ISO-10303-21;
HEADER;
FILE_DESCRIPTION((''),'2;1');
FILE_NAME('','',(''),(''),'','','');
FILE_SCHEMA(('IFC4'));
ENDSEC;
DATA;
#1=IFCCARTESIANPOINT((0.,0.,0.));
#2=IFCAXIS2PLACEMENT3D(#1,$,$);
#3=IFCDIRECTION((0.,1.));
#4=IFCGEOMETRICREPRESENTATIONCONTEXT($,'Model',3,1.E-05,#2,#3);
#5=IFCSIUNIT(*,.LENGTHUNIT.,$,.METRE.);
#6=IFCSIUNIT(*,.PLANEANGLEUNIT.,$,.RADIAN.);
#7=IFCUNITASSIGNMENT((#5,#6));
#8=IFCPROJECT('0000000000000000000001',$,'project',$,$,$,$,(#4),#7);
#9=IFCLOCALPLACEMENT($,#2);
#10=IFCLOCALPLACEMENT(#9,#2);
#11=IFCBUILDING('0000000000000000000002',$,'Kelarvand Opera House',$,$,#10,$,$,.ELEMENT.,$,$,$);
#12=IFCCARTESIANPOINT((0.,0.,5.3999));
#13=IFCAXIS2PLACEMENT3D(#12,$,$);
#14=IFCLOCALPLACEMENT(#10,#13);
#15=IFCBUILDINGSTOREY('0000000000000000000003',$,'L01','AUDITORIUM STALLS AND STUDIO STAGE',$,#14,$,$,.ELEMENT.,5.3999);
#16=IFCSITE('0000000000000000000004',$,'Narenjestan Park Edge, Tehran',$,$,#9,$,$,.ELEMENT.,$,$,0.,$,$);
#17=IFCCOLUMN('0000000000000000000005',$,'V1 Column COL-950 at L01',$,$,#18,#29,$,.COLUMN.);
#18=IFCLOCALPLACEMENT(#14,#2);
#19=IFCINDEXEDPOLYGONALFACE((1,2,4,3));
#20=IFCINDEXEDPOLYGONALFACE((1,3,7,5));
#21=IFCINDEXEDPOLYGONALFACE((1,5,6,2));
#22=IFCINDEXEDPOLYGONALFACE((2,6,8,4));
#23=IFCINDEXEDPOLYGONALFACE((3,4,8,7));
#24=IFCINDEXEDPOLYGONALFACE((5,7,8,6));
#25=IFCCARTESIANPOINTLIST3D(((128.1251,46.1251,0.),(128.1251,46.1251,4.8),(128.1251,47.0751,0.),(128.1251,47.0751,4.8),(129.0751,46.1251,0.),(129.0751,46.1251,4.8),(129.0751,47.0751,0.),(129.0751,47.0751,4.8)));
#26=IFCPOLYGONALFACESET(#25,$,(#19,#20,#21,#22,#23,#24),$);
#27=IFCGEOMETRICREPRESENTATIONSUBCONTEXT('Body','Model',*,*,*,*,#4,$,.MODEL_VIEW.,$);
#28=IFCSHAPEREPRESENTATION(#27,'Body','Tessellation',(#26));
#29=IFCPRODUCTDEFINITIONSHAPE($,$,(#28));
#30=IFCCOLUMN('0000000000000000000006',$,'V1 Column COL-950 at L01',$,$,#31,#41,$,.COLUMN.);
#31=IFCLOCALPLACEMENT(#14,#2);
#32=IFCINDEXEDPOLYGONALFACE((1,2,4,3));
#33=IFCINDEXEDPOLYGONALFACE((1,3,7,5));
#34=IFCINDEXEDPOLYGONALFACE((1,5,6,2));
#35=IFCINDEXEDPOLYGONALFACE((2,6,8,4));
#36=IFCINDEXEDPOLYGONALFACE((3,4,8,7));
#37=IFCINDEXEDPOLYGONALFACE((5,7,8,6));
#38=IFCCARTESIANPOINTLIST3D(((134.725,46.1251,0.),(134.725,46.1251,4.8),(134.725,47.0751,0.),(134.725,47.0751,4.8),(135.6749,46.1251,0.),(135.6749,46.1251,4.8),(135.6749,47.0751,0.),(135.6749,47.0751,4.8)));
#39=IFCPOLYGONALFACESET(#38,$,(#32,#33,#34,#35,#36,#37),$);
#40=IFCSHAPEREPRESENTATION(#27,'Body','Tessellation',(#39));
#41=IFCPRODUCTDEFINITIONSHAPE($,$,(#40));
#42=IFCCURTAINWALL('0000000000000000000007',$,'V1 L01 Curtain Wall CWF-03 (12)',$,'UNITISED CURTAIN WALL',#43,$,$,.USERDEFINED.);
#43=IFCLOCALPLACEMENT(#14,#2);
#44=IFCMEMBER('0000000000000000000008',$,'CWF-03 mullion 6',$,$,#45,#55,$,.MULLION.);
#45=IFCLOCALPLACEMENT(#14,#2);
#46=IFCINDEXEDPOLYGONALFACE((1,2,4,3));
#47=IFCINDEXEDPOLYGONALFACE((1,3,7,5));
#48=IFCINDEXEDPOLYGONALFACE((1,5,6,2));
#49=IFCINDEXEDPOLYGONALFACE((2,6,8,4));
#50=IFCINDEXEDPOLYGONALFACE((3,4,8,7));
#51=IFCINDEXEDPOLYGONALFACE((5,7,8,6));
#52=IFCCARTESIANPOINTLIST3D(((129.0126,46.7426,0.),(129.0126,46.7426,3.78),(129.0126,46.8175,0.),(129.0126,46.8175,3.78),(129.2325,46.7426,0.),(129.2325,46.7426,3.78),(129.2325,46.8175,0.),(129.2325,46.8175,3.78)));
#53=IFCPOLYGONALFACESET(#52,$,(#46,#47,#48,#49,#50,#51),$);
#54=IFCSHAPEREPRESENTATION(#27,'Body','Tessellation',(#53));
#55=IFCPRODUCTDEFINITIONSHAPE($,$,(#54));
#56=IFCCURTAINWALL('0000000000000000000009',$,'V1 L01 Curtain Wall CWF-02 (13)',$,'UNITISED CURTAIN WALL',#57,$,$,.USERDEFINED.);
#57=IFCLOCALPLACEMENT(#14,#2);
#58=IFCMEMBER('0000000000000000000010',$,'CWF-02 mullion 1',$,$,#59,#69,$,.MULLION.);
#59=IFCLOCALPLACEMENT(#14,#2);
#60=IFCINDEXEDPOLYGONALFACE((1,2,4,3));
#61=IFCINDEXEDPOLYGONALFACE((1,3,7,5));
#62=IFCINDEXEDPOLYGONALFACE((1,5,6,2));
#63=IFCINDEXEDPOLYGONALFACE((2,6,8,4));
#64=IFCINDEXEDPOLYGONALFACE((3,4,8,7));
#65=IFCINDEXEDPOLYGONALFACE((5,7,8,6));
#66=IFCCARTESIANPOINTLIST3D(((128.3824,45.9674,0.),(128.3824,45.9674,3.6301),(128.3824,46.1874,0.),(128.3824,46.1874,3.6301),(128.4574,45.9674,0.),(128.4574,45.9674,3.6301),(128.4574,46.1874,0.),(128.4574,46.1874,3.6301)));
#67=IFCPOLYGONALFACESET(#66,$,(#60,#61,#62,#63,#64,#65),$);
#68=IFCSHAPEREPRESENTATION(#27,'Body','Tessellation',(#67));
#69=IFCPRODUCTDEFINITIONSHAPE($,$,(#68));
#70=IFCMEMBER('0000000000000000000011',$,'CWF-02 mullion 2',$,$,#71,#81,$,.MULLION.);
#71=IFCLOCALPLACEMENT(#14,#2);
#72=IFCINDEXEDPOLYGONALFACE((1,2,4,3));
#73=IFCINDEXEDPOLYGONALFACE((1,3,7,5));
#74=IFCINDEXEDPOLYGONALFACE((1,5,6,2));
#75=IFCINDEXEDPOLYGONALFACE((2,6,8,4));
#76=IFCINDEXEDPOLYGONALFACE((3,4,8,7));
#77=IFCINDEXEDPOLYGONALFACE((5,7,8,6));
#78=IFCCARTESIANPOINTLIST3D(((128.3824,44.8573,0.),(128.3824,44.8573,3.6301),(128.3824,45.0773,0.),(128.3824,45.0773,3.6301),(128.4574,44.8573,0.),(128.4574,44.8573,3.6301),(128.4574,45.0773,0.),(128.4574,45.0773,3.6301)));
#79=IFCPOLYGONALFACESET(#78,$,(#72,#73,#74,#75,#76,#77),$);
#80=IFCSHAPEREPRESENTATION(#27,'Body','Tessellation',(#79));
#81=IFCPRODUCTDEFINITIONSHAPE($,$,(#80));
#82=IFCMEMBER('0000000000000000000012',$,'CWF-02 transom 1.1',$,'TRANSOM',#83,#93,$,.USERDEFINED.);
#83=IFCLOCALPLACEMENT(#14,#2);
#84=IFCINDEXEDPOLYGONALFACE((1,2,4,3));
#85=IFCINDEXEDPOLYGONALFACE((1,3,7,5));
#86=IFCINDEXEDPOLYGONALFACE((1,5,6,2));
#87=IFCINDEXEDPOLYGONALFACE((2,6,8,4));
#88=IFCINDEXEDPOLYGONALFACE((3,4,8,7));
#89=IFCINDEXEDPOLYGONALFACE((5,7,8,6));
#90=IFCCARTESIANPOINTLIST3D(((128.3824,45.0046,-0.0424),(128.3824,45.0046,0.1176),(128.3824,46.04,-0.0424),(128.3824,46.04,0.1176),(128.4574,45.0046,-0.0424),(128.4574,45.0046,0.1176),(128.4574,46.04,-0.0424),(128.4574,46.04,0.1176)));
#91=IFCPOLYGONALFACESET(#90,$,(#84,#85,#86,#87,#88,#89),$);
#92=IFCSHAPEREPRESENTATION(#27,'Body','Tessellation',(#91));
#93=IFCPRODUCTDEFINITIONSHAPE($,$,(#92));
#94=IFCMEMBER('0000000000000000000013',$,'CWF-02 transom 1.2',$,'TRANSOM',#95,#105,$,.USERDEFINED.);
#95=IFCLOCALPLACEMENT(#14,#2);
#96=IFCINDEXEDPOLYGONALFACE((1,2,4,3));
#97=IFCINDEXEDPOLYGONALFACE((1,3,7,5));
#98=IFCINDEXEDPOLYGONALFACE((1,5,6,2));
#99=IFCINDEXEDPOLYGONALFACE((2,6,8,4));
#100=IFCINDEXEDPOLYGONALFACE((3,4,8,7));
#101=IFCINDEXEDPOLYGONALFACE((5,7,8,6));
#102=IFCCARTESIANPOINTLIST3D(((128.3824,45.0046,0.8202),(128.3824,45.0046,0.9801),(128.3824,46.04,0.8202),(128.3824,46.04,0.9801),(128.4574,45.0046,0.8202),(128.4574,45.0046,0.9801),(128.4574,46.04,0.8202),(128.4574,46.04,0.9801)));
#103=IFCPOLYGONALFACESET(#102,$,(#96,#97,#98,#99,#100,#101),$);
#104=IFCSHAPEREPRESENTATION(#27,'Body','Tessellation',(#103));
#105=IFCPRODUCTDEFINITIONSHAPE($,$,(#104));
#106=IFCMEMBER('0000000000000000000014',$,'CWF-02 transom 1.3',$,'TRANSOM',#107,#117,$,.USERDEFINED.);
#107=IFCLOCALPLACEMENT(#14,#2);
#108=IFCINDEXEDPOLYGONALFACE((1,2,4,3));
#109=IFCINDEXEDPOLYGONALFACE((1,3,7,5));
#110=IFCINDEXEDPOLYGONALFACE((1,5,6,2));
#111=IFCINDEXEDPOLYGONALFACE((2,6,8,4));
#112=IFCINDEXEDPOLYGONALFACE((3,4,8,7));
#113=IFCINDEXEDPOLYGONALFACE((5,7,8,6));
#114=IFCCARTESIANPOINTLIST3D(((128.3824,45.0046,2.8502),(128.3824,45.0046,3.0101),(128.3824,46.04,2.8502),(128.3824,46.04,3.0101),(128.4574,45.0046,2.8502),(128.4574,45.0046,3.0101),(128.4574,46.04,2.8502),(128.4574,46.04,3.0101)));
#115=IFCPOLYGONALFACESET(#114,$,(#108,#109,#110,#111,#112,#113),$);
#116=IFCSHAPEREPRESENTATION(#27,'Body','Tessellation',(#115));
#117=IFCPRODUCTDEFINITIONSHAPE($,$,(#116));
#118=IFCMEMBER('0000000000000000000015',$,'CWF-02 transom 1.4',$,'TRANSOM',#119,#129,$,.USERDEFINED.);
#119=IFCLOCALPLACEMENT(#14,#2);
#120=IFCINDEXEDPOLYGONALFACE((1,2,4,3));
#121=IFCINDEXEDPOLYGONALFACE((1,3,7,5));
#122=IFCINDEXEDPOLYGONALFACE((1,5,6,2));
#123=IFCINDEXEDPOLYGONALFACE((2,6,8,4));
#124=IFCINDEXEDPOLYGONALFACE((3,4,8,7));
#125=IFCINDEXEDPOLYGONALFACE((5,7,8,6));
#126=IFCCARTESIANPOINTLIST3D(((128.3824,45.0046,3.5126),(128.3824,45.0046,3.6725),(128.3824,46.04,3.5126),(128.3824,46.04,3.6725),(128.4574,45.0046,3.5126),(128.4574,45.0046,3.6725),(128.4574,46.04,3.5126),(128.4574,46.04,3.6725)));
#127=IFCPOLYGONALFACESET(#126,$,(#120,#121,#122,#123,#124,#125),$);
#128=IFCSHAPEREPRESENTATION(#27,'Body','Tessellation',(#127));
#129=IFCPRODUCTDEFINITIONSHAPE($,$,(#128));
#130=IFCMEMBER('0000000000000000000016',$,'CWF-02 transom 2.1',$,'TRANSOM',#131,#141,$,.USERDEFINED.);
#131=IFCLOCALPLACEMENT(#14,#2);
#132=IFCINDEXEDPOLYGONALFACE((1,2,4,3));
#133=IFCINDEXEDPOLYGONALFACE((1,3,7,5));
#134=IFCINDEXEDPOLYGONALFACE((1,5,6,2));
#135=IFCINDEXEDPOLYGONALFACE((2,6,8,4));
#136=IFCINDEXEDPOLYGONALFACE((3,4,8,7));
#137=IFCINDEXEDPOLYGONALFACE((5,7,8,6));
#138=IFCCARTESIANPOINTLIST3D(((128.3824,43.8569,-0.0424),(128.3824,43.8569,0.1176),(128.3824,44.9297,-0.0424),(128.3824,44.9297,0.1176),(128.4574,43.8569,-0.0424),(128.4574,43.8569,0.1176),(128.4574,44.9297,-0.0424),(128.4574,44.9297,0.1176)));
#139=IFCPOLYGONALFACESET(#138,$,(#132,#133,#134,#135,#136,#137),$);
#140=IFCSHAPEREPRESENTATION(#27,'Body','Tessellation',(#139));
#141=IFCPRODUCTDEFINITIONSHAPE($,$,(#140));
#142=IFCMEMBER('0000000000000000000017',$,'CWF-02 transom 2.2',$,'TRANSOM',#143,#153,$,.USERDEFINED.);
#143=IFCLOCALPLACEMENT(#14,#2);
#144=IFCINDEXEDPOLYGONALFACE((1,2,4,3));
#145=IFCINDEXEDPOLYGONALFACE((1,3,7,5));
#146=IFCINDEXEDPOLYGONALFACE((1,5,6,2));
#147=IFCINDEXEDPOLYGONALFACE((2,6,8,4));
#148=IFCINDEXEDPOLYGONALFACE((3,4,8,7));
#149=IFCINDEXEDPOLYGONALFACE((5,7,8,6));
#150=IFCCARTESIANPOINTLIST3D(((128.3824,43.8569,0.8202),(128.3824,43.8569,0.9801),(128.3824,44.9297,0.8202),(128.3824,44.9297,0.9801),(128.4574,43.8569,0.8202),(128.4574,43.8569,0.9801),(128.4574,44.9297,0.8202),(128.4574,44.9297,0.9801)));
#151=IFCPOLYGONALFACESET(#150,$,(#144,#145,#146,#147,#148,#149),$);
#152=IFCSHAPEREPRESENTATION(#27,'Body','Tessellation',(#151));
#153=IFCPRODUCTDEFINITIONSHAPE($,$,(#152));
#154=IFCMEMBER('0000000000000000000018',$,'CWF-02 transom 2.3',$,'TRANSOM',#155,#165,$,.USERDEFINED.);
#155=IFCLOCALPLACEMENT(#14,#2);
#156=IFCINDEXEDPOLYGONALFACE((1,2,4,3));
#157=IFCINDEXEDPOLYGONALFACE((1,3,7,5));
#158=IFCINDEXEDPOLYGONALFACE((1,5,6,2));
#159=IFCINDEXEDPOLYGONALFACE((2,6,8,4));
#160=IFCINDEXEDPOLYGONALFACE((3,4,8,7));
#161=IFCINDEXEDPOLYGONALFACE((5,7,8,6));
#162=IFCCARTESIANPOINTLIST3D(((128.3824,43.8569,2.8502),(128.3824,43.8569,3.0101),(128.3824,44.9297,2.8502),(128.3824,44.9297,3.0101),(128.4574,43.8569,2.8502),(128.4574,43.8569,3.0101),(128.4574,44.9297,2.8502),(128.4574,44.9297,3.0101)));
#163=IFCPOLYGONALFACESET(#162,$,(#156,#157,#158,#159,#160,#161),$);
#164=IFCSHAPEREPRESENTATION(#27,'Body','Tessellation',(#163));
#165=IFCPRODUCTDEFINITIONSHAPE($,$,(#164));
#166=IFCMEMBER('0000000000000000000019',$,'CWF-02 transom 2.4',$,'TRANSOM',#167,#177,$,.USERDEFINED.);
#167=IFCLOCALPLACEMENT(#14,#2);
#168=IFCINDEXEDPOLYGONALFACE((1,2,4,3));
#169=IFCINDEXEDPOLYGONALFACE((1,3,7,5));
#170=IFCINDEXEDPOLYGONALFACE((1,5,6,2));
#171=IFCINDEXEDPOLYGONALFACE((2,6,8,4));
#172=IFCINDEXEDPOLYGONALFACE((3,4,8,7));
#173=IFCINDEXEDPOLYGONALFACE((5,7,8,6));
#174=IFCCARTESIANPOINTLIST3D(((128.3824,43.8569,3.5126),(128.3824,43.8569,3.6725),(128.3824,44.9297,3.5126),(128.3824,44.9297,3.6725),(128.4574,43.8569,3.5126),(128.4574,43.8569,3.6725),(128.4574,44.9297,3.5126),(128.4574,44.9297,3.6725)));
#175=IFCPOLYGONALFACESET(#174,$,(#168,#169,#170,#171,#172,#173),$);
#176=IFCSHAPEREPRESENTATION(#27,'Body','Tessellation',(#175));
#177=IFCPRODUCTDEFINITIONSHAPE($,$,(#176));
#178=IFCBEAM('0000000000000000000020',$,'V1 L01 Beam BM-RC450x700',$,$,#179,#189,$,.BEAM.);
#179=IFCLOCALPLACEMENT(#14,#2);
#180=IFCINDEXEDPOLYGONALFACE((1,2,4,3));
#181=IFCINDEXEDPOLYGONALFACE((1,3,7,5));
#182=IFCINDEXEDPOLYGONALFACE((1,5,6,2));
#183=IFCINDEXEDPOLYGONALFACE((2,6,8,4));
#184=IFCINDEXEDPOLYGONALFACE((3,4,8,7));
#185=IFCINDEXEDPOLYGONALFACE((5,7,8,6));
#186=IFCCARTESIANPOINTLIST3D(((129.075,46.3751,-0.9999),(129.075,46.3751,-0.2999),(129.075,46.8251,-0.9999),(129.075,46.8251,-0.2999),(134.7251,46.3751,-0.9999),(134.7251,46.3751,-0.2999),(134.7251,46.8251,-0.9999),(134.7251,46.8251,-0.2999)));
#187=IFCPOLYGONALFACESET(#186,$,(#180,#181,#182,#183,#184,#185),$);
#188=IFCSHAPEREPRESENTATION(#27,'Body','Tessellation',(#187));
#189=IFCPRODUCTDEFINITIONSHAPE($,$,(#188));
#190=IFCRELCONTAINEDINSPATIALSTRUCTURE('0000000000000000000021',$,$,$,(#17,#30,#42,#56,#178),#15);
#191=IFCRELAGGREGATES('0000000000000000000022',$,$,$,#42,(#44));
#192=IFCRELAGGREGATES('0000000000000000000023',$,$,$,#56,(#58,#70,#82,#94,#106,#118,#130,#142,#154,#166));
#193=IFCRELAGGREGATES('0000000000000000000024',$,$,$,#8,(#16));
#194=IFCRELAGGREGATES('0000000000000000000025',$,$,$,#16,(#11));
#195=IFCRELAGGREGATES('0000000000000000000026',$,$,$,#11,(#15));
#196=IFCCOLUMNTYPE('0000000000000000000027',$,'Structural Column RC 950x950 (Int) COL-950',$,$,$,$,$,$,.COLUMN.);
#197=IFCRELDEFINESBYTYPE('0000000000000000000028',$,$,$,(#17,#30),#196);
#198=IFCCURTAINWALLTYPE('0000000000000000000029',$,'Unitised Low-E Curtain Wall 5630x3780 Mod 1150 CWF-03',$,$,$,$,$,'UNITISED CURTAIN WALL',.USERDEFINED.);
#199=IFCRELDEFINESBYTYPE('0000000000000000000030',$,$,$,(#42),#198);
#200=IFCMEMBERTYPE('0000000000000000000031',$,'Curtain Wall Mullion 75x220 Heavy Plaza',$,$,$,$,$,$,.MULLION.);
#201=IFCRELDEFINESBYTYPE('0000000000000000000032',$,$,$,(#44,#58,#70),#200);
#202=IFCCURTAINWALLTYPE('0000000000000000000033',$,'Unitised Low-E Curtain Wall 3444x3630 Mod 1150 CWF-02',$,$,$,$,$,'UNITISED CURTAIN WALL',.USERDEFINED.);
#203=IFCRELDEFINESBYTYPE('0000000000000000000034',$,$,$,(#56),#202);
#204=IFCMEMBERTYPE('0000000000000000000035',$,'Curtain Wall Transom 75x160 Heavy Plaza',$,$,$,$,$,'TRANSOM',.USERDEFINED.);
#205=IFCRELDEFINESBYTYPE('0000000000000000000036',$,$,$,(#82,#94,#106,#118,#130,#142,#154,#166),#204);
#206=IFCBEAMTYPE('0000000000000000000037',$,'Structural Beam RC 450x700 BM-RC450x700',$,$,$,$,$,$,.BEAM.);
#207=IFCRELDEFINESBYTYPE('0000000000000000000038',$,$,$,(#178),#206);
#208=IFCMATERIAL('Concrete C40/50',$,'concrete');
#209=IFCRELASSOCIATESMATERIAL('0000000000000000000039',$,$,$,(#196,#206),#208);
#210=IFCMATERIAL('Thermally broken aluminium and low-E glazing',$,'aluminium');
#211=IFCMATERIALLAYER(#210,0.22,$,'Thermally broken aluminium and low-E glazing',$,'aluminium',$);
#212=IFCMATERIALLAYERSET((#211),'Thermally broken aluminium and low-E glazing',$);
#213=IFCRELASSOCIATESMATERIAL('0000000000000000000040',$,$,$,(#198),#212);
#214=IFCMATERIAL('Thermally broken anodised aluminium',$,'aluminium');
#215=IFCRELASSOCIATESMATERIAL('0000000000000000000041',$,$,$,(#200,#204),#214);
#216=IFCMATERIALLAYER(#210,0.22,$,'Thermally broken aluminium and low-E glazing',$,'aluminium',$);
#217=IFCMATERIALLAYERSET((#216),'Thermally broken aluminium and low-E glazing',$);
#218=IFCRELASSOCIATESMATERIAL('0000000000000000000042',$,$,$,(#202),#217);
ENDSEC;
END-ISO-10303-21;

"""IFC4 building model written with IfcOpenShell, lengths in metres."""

from ifc_helpers import new_model, si_unit, direction, frame, origin, origin_2d, place, context, subcontext, project, spatial, rectangle, extrude, material, layer, layer_set, material_profile, profile_set, type_object, element, aggregate, save


model = new_model("IFC4")

# Units and contexts
model_context = context("Model", 3, precision=1e-05, world=origin(), true_north=direction((0.0, 1.0)))
body_context = subcontext(model_context, "Body", "Model", "MODEL_VIEW")
ifc_project = project(units=[si_unit("LENGTHUNIT", "METRE"), si_unit("PLANEANGLEUNIT", "RADIAN")], contexts=[model_context])

# Site, building, storey
site_placement = place(None, origin())
site = spatial("IfcSite", under=ifc_project, at=site_placement, Name="Narenjestan Park Edge, Tehran", CompositionType="ELEMENT", RefElevation=0.0)
building_placement = place(site_placement, origin())
building = spatial("IfcBuilding", under=site, at=building_placement, Name="Kelarvand Opera House", CompositionType="ELEMENT")
storey_placement = place(building_placement, frame((0.0, 0.0, 5.3999)))
storey = spatial("IfcBuildingStorey", under=building, at=storey_placement, Name="L01", Description="AUDITORIUM STALLS AND STUDIO STAGE", CompositionType="ELEMENT", Elevation=5.3999)

# Columns
ifc_material_1 = material(Name="Concrete C40/50", Category="concrete")
ifc_material_profile_1 = material_profile(ifc_material_1, rectangle(XDim=0.95, YDim=0.95, at=origin_2d()), Name="RC 950x950", Category="concrete")
ifc_profile_set_1 = profile_set([ifc_material_profile_1], Name="Concrete C40/50")
column_type = type_object("IfcColumnType", Name="Structural Column RC 950x950 (Int) COL-950", PredefinedType="COLUMN", material=ifc_profile_set_1)
for number, where, z_axis, x_axis, name in (
    (1, (128.6001, 46.6001, 0.0), (0.0, 0.0, 1.0), (1.0, 0.0, 0.0), "V1 Column COL-950 at L01"),
    (2, (135.2, 46.6001, 0.0), (0.0, 0.0, 1.0), (1.0, 0.0, 0.0), "V1 Column COL-950 at L01"),
):
    element("IfcColumn", number, at=place(storey_placement, frame(where, z_axis=z_axis, x_axis=x_axis)), inside=storey, type_object=column_type, Name=name, PredefinedType="COLUMN", context=body_context, shape_type="SweptSolid", body=[
        extrude(rectangle(XDim=0.95, YDim=0.95, at=origin_2d()), origin(), (0.0, 0.0, 1.0), 4.8),
    ])

# Curtain wall, member
ifc_material_2 = material(Name="Thermally broken aluminium and low-E glazing", Category="aluminium")
ifc_layer_1 = layer(ifc_material_2, 0.22, Name="Thermally broken aluminium and low-E glazing", Category="aluminium")
ifc_layer_set_1 = layer_set([ifc_layer_1], Name="Thermally broken aluminium and low-E glazing")
curtain_wall_type_1 = type_object("IfcCurtainWallType", Name="Unitised Low-E Curtain Wall 5630x3780 Mod 1150 CWF-03", ElementType="UNITISED CURTAIN WALL", PredefinedType="USERDEFINED", material=ifc_layer_set_1)
curtain_wall_1_placement = place(storey_placement, origin())
curtain_wall_1 = element("IfcCurtainWall", 3, at=curtain_wall_1_placement, inside=storey, type_object=curtain_wall_type_1, Name="V1 L01 Curtain Wall CWF-03 (12)", ObjectType="UNITISED CURTAIN WALL", PredefinedType="USERDEFINED")
ifc_material_3 = material(Name="Thermally broken anodised aluminium", Category="aluminium")
ifc_material_profile_2 = material_profile(ifc_material_3, rectangle(XDim=0.075, YDim=0.22, at=origin_2d()), Name="ALU MULLION 75x220", Category="aluminium")
ifc_profile_set_2 = profile_set([ifc_material_profile_2], Name="Thermally broken anodised aluminium")
member_type_1 = type_object("IfcMemberType", Name="Curtain Wall Mullion 75x220 Heavy Plaza", PredefinedType="MULLION", material=ifc_profile_set_2)
member_1_placement = place(storey_placement, frame((129.1226, 46.78, 0.0), z_axis=(0.0, 0.0, 1.0), x_axis=(0.0, -1.0, 0.0)))
member_1 = element("IfcMember", 4, at=member_1_placement, type_object=member_type_1, Name="CWF-03 mullion 6", PredefinedType="MULLION", context=body_context, shape_type="SweptSolid", body=[
    extrude(rectangle(XDim=0.075, YDim=0.22, at=origin_2d()), origin(), (0.0, 0.0, 1.0), 3.78),
])

# Curtain wall, members
ifc_layer_2 = layer(ifc_material_2, 0.22, Name="Thermally broken aluminium and low-E glazing", Category="aluminium")
ifc_layer_set_2 = layer_set([ifc_layer_2], Name="Thermally broken aluminium and low-E glazing")
curtain_wall_type_2 = type_object("IfcCurtainWallType", Name="Unitised Low-E Curtain Wall 3444x3630 Mod 1150 CWF-02", ElementType="UNITISED CURTAIN WALL", PredefinedType="USERDEFINED", material=ifc_layer_set_2)
curtain_wall_2_placement = place(storey_placement, origin())
curtain_wall_2 = element("IfcCurtainWall", 5, at=curtain_wall_2_placement, inside=storey, type_object=curtain_wall_type_2, Name="V1 L01 Curtain Wall CWF-02 (13)", ObjectType="UNITISED CURTAIN WALL", PredefinedType="USERDEFINED")
member_2_placement = place(storey_placement, frame((128.4199, 46.0774, 0.0), z_axis=(0.0, 0.0, 1.0), x_axis=(1.0, 0.0, 0.0)))
member_2 = element("IfcMember", 6, at=member_2_placement, type_object=member_type_1, Name="CWF-02 mullion 1", PredefinedType="MULLION", context=body_context, shape_type="SweptSolid", body=[
    extrude(rectangle(XDim=0.075, YDim=0.22, at=origin_2d()), origin(), (0.0, 0.0, 1.0), 3.6301),
])
member_3_placement = place(storey_placement, frame((128.4199, 44.9673, 0.0), z_axis=(0.0, 0.0, 1.0), x_axis=(1.0, 0.0, 0.0)))
member_3 = element("IfcMember", 7, at=member_3_placement, type_object=member_type_1, Name="CWF-02 mullion 2", PredefinedType="MULLION", context=body_context, shape_type="SweptSolid", body=[
    extrude(rectangle(XDim=0.075, YDim=0.22, at=origin_2d()), origin(), (0.0, 0.0, 1.0), 3.6301),
])
ifc_material_profile_3 = material_profile(ifc_material_3, rectangle(XDim=0.075, YDim=0.1599, at=origin_2d()), Name="ALU TRANSOM 75x160", Category="aluminium")
ifc_profile_set_3 = profile_set([ifc_material_profile_3], Name="Thermally broken anodised aluminium")
member_type_2 = type_object("IfcMemberType", Name="Curtain Wall Transom 75x160 Heavy Plaza", ElementType="TRANSOM", PredefinedType="USERDEFINED", material=ifc_profile_set_3)
member_4_placement = place(storey_placement, frame((128.4199, 46.04, 0.0376), z_axis=(0.0, -1.0, 0.0), x_axis=(1.0, 0.0, 0.0)))
member_4 = element("IfcMember", 8, at=member_4_placement, type_object=member_type_2, Name="CWF-02 transom 1.1", ObjectType="TRANSOM", PredefinedType="USERDEFINED", context=body_context, shape_type="SweptSolid", body=[
    extrude(rectangle(XDim=0.075, YDim=0.1599, at=origin_2d()), origin(), (0.0, 0.0, 1.0), 1.0354),
])
member_5_placement = place(storey_placement, frame((128.4199, 46.04, 0.9001), z_axis=(0.0, -1.0, 0.0), x_axis=(1.0, 0.0, 0.0)))
member_5 = element("IfcMember", 9, at=member_5_placement, type_object=member_type_2, Name="CWF-02 transom 1.2", ObjectType="TRANSOM", PredefinedType="USERDEFINED", context=body_context, shape_type="SweptSolid", body=[
    extrude(rectangle(XDim=0.075, YDim=0.1599, at=origin_2d()), origin(), (0.0, 0.0, 1.0), 1.0354),
])
member_6_placement = place(storey_placement, frame((128.4199, 46.04, 2.9302), z_axis=(0.0, -1.0, 0.0), x_axis=(1.0, 0.0, 0.0)))
member_6 = element("IfcMember", 10, at=member_6_placement, type_object=member_type_2, Name="CWF-02 transom 1.3", ObjectType="TRANSOM", PredefinedType="USERDEFINED", context=body_context, shape_type="SweptSolid", body=[
    extrude(rectangle(XDim=0.075, YDim=0.1599, at=origin_2d()), origin(), (0.0, 0.0, 1.0), 1.0354),
])
member_7_placement = place(storey_placement, frame((128.4199, 46.04, 3.5925), z_axis=(0.0, -1.0, 0.0), x_axis=(1.0, 0.0, 0.0)))
member_7 = element("IfcMember", 11, at=member_7_placement, type_object=member_type_2, Name="CWF-02 transom 1.4", ObjectType="TRANSOM", PredefinedType="USERDEFINED", context=body_context, shape_type="SweptSolid", body=[
    extrude(rectangle(XDim=0.075, YDim=0.1599, at=origin_2d()), origin(), (0.0, 0.0, 1.0), 1.0354),
])
member_8_placement = place(storey_placement, frame((128.4199, 44.9297, 0.0376), z_axis=(0.0, -1.0, 0.0), x_axis=(1.0, 0.0, 0.0)))
member_8 = element("IfcMember", 12, at=member_8_placement, type_object=member_type_2, Name="CWF-02 transom 2.1", ObjectType="TRANSOM", PredefinedType="USERDEFINED", context=body_context, shape_type="SweptSolid", body=[
    extrude(rectangle(XDim=0.075, YDim=0.1599, at=origin_2d()), origin(), (0.0, 0.0, 1.0), 1.0728),
])
member_9_placement = place(storey_placement, frame((128.4199, 44.9297, 0.9001), z_axis=(0.0, -1.0, 0.0), x_axis=(1.0, 0.0, 0.0)))
member_9 = element("IfcMember", 13, at=member_9_placement, type_object=member_type_2, Name="CWF-02 transom 2.2", ObjectType="TRANSOM", PredefinedType="USERDEFINED", context=body_context, shape_type="SweptSolid", body=[
    extrude(rectangle(XDim=0.075, YDim=0.1599, at=origin_2d()), origin(), (0.0, 0.0, 1.0), 1.0728),
])
member_10_placement = place(storey_placement, frame((128.4199, 44.9297, 2.9302), z_axis=(0.0, -1.0, 0.0), x_axis=(1.0, 0.0, 0.0)))
member_10 = element("IfcMember", 14, at=member_10_placement, type_object=member_type_2, Name="CWF-02 transom 2.3", ObjectType="TRANSOM", PredefinedType="USERDEFINED", context=body_context, shape_type="SweptSolid", body=[
    extrude(rectangle(XDim=0.075, YDim=0.1599, at=origin_2d()), origin(), (0.0, 0.0, 1.0), 1.0728),
])
member_11_placement = place(storey_placement, frame((128.4199, 44.9297, 3.5925), z_axis=(0.0, -1.0, 0.0), x_axis=(1.0, 0.0, 0.0)))
member_11 = element("IfcMember", 15, at=member_11_placement, type_object=member_type_2, Name="CWF-02 transom 2.4", ObjectType="TRANSOM", PredefinedType="USERDEFINED", context=body_context, shape_type="SweptSolid", body=[
    extrude(rectangle(XDim=0.075, YDim=0.1599, at=origin_2d()), origin(), (0.0, 0.0, 1.0), 1.0728),
])

# Beam
ifc_material_profile_4 = material_profile(ifc_material_1, rectangle(XDim=0.45, YDim=0.7, at=origin_2d()), Name="RC 450x700", Category="concrete")
ifc_profile_set_4 = profile_set([ifc_material_profile_4], Name="Concrete C40/50")
beam_type = type_object("IfcBeamType", Name="Structural Beam RC 450x700 BM-RC450x700", PredefinedType="BEAM", material=ifc_profile_set_4)
beam_1_placement = place(storey_placement, frame((129.075, 46.6001, -0.6499), z_axis=(1.0, 0.0, 0.0), x_axis=(0.0, 1.0, 0.0)))
element("IfcBeam", 16, at=beam_1_placement, inside=storey, type_object=beam_type, Name="V1 L01 Beam BM-RC450x700", PredefinedType="BEAM", context=body_context, shape_type="SweptSolid", body=[
    extrude(rectangle(XDim=0.45, YDim=0.7, at=origin_2d()), origin(), (0.0, 0.0, 1.0), 5.6501),
])

aggregate(curtain_wall_1, [member_1])
aggregate(curtain_wall_2, [member_2, member_3, member_4, member_5, member_6, member_7, member_8, member_9, member_10, member_11])

save(model, "model.ifc")
